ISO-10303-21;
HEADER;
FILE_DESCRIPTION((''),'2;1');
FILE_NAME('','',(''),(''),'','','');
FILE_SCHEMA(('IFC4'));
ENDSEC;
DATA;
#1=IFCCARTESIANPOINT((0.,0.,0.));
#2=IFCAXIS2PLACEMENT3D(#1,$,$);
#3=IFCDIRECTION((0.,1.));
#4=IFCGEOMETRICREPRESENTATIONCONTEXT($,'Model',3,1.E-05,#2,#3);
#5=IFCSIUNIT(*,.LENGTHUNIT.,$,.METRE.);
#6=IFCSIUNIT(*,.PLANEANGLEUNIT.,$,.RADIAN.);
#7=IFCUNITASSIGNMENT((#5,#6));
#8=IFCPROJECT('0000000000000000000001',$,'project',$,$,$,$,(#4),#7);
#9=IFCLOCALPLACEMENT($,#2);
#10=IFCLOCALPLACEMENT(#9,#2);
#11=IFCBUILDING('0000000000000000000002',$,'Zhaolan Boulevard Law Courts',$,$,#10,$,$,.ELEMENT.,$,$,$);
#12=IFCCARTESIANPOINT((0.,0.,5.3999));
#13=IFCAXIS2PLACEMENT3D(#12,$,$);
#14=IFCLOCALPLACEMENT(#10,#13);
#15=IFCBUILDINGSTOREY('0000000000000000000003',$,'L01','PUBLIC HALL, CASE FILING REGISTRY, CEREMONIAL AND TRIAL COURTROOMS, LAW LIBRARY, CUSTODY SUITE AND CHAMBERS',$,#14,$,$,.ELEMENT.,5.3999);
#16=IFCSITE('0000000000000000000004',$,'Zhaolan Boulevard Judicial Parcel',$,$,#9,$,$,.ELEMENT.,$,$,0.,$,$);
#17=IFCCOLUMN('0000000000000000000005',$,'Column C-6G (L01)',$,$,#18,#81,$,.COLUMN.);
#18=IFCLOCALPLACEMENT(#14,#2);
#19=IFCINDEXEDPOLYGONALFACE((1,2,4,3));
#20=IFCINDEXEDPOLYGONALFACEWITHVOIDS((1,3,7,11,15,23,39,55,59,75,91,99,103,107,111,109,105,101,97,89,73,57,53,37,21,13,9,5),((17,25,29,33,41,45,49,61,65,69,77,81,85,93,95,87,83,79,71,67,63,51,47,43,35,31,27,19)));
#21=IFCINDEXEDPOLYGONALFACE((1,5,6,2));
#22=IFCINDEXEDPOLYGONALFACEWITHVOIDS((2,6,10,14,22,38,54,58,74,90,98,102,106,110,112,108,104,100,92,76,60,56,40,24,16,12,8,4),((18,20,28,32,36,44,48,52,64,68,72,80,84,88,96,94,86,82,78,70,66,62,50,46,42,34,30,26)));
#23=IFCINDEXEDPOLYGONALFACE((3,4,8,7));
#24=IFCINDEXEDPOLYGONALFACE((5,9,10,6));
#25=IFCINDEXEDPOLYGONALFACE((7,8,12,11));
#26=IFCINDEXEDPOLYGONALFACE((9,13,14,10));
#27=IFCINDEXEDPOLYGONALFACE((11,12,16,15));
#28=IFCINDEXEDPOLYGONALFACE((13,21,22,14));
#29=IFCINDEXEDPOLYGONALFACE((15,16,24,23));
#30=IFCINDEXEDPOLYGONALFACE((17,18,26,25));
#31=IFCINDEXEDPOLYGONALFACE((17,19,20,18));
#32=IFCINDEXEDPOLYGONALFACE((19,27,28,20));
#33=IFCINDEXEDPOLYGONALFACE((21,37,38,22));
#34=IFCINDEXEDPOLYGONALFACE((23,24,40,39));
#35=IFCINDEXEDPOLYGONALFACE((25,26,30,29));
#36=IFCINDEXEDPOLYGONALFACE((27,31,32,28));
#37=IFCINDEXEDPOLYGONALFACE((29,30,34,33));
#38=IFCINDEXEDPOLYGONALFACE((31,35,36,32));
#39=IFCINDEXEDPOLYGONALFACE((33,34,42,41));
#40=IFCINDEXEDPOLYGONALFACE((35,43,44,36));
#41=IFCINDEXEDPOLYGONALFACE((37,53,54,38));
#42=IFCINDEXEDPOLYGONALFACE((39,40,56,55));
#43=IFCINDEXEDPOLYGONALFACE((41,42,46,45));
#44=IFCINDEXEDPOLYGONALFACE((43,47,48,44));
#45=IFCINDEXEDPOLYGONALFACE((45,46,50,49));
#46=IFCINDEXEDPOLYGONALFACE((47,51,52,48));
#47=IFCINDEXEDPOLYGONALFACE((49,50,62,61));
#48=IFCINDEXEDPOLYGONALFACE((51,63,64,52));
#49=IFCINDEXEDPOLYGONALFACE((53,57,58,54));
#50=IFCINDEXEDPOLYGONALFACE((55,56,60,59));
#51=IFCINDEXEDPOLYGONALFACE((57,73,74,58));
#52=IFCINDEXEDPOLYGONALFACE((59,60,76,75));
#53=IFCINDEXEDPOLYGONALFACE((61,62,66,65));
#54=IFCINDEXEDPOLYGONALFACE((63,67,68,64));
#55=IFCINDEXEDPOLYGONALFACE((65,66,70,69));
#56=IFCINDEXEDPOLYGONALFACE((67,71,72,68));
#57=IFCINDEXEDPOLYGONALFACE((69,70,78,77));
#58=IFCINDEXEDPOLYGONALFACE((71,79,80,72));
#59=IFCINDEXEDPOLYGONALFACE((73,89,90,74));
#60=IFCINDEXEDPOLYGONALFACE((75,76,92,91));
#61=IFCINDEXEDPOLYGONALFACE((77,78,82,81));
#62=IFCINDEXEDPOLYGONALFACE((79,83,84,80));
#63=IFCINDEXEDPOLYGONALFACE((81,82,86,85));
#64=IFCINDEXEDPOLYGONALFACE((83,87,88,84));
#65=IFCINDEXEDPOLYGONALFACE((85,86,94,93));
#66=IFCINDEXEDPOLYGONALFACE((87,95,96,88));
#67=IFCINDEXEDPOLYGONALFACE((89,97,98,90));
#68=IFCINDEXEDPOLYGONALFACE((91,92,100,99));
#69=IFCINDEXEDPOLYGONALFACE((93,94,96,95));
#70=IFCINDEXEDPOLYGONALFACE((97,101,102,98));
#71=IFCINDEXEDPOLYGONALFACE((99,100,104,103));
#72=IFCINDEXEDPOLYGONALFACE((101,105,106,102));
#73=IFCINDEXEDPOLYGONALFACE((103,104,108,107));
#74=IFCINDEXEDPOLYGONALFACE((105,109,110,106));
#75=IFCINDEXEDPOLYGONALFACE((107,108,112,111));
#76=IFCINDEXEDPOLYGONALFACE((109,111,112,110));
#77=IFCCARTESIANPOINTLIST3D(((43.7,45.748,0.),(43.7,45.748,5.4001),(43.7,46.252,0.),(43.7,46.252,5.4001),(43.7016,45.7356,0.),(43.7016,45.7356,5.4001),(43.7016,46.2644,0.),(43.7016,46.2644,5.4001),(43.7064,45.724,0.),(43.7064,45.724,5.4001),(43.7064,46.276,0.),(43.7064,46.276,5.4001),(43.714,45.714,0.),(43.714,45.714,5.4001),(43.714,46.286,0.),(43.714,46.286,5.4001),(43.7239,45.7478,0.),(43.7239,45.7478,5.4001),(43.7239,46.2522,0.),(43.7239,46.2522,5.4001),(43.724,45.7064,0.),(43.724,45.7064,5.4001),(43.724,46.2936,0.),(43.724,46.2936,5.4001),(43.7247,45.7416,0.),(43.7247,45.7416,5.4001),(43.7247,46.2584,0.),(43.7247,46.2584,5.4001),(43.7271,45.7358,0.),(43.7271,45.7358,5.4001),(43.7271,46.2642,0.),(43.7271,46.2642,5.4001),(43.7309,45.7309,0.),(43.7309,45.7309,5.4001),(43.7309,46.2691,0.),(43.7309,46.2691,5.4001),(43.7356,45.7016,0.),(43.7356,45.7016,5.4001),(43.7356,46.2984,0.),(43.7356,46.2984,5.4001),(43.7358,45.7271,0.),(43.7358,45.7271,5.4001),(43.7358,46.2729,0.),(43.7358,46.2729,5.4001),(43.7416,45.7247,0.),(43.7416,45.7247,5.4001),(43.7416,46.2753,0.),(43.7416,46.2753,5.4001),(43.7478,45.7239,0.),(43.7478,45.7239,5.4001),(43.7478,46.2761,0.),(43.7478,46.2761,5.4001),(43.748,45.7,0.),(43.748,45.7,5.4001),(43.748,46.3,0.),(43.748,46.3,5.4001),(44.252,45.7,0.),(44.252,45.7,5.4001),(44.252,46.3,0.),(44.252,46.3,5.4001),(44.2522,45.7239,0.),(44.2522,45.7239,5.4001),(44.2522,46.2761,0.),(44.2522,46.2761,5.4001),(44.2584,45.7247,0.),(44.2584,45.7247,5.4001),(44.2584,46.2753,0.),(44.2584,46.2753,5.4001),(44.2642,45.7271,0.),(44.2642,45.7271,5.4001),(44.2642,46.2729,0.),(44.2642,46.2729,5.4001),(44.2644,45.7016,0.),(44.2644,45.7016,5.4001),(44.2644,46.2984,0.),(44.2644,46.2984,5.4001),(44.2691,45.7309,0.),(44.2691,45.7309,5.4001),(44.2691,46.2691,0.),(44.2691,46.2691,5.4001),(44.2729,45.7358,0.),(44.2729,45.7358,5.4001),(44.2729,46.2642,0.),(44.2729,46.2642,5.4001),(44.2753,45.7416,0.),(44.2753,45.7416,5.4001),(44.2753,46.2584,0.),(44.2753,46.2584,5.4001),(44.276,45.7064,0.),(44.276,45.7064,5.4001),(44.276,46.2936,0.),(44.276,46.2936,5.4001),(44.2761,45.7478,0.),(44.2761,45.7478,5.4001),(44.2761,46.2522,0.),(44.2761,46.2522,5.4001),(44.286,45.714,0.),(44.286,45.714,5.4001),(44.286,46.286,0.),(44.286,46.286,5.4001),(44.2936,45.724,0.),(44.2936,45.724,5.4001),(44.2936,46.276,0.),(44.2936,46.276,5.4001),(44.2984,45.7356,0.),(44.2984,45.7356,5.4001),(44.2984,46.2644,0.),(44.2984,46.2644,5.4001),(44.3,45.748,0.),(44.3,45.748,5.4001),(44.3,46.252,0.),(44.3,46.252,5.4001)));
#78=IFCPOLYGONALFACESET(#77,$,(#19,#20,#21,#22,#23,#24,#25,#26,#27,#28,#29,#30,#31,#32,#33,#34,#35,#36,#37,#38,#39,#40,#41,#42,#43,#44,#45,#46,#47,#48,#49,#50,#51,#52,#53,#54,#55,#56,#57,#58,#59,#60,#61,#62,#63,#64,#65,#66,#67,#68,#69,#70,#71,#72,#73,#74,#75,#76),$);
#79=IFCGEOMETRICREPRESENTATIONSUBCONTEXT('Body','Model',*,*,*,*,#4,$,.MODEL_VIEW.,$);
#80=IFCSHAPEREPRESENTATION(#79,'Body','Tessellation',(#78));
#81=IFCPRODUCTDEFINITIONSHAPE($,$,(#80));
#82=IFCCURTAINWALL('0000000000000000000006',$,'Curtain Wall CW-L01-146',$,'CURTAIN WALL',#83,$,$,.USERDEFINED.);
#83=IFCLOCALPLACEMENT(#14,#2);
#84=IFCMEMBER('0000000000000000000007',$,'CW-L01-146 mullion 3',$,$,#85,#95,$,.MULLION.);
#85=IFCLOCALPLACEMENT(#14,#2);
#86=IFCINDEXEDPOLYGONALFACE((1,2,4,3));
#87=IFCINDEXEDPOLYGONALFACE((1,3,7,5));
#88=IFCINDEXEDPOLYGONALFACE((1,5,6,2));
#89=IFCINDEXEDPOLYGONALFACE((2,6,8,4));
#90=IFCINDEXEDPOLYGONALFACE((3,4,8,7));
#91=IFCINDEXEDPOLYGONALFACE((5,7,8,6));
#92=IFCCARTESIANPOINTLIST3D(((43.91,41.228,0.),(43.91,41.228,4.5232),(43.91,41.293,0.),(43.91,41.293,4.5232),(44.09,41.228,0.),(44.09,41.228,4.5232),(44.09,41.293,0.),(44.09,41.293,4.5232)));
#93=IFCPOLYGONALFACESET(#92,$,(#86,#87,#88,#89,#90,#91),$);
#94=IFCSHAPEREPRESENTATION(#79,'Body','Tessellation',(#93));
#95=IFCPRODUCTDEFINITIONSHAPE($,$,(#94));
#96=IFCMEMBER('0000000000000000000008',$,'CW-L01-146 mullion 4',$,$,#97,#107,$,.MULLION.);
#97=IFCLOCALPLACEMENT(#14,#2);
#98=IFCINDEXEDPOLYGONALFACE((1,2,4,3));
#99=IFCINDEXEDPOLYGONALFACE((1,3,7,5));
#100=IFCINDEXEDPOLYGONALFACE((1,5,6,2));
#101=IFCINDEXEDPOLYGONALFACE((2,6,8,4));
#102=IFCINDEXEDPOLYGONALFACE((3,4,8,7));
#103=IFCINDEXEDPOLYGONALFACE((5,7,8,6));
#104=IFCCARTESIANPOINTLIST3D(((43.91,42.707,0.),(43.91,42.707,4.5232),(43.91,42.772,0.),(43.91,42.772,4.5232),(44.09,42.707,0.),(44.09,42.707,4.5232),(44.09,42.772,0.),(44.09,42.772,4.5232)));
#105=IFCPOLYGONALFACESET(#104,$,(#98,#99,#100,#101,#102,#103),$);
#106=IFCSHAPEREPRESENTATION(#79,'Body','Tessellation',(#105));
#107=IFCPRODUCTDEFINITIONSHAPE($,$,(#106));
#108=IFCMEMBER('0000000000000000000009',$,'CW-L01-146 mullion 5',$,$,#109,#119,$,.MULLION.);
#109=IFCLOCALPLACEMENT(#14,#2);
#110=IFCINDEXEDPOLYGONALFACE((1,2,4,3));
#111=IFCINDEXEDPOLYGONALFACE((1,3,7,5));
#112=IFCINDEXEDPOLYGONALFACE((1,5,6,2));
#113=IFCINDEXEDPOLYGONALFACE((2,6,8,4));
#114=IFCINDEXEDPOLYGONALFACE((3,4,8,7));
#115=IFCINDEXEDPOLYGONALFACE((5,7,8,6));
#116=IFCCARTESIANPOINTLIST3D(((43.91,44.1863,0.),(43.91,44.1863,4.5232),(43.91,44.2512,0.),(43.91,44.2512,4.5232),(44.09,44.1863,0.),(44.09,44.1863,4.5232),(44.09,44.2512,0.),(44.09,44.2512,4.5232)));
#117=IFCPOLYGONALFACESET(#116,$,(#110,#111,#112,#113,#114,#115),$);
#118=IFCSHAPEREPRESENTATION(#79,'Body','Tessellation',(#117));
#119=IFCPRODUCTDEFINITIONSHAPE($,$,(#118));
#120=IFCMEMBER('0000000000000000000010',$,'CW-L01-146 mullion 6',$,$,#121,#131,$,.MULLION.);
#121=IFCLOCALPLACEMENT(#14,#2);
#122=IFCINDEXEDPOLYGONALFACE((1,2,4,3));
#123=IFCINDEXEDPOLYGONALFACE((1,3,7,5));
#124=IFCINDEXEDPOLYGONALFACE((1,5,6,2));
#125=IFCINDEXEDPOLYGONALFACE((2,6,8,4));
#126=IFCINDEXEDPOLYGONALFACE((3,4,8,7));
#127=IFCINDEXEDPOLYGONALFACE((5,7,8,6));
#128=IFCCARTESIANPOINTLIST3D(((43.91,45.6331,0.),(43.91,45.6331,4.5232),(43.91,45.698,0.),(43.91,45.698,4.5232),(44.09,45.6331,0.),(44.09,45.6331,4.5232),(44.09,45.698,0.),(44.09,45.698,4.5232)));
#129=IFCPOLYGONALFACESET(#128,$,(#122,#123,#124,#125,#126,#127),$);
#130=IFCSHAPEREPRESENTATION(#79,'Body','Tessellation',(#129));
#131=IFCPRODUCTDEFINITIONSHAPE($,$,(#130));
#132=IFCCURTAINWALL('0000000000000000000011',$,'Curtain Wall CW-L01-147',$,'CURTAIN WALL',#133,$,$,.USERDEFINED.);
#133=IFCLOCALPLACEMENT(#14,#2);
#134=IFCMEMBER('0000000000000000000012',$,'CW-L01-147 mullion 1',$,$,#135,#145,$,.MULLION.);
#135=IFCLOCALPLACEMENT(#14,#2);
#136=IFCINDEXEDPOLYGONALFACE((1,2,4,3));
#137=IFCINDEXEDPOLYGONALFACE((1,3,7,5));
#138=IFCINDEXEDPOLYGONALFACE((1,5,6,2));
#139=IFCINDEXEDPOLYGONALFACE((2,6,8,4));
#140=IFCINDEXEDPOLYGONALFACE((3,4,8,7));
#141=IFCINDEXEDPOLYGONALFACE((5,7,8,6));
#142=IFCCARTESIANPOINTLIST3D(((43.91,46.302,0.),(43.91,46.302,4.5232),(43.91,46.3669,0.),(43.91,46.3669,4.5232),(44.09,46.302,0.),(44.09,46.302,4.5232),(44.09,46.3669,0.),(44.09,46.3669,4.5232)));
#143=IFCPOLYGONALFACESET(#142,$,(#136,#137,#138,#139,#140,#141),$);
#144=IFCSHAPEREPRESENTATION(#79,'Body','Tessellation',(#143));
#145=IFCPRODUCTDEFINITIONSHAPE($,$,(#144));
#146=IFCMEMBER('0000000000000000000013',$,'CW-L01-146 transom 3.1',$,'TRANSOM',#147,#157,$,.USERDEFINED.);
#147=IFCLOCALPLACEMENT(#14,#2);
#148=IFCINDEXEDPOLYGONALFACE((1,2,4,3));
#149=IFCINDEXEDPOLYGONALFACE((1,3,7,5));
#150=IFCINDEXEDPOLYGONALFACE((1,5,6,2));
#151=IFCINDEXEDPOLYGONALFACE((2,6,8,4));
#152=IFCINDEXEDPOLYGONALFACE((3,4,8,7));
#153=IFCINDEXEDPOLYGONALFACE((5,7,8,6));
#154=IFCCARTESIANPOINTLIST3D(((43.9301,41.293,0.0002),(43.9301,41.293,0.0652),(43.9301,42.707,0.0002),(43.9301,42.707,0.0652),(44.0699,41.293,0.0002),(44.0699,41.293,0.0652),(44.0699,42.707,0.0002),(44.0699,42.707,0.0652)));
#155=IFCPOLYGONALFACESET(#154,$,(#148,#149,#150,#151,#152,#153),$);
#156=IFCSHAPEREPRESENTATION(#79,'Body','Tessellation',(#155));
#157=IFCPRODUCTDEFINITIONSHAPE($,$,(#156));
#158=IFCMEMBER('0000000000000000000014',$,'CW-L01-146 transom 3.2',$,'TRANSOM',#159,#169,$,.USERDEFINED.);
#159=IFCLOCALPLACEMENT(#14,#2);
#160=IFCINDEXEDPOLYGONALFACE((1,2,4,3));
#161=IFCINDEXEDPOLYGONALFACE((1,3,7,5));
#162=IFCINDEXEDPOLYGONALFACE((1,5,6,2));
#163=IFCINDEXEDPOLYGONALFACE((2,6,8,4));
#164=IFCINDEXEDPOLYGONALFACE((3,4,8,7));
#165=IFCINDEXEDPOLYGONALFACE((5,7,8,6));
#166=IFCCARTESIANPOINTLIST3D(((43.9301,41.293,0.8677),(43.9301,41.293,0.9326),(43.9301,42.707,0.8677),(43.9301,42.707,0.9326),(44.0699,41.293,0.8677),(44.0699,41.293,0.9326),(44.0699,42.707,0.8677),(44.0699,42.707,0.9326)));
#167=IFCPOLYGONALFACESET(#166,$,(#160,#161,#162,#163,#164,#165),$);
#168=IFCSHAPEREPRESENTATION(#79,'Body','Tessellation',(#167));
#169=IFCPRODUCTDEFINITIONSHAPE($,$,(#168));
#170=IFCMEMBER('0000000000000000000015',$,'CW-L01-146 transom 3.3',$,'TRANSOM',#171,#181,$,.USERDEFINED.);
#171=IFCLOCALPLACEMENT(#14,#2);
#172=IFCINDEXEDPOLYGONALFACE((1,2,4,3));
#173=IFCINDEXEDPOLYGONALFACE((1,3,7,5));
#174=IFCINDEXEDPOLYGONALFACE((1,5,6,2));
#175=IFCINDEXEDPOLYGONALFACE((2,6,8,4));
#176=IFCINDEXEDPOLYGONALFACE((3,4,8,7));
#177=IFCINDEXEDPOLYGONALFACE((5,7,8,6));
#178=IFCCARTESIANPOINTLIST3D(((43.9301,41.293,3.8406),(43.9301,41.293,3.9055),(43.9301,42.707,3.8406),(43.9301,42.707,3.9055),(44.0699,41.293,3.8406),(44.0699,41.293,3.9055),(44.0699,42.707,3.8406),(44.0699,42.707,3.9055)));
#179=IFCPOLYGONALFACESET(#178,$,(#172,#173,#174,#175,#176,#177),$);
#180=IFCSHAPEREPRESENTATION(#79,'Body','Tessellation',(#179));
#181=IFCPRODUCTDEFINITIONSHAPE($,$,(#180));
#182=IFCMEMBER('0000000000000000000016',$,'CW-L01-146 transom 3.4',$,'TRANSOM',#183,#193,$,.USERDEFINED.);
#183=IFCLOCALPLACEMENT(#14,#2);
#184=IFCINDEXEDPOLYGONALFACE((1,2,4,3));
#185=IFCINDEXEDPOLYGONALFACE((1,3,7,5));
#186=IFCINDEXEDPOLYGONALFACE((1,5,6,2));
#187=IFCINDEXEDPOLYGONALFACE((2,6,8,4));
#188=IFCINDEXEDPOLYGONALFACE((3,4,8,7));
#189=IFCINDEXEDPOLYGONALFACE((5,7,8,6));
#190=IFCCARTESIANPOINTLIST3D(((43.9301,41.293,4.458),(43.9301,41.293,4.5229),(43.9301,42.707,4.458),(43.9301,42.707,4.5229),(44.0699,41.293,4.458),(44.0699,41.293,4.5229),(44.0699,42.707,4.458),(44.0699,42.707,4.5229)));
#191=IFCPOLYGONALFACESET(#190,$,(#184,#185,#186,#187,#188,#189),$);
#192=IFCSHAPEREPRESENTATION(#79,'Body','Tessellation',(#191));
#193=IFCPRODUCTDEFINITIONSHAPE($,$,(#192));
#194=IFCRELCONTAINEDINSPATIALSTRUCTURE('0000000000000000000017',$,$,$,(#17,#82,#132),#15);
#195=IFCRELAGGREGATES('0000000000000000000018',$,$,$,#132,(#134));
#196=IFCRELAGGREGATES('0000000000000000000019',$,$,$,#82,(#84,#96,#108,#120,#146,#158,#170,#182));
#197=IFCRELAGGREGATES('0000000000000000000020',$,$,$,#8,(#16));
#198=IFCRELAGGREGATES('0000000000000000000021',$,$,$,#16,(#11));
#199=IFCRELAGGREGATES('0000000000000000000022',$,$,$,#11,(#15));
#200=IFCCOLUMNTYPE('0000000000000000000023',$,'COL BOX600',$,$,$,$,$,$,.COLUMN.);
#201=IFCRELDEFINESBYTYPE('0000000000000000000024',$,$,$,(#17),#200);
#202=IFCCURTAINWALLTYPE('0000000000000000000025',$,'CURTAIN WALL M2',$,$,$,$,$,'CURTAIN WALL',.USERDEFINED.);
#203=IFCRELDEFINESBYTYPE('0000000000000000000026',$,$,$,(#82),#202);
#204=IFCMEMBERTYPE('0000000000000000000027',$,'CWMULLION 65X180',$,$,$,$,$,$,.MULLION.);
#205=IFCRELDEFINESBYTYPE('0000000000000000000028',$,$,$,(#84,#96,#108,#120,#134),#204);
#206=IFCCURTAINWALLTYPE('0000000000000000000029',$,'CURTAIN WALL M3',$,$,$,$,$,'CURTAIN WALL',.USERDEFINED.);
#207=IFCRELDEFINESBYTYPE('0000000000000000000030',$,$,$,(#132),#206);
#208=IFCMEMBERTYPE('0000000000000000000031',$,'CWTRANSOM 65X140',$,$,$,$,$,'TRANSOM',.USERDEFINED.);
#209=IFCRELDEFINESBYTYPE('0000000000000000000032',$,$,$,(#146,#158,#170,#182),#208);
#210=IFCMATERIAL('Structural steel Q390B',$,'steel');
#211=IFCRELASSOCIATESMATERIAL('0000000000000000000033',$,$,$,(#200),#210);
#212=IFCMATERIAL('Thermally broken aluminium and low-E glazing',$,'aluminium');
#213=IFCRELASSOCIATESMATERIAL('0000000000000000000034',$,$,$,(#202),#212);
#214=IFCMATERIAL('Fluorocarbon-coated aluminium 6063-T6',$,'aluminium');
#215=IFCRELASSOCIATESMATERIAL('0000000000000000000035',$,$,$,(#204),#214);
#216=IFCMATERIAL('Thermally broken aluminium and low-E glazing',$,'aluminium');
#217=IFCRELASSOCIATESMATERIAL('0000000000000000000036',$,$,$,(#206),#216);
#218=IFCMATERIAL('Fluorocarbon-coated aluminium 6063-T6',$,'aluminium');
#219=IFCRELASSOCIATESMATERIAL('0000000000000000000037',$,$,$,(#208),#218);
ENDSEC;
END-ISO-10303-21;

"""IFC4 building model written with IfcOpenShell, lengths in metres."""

from ifc_helpers import new_model, si_unit, direction, frame, origin, origin_2d, place, context, subcontext, project, spatial, rectangle, hollow_rectangle, extrude, material, material_profile, profile_set, type_object, element, aggregate, save


model = new_model("IFC4")

# Units and contexts
model_context = context("Model", 3, precision=1e-05, world=origin(), true_north=direction((0.0, 1.0)))
body_context = subcontext(model_context, "Body", "Model", "MODEL_VIEW")
ifc_project = project(units=[si_unit("LENGTHUNIT", "METRE"), si_unit("PLANEANGLEUNIT", "RADIAN")], contexts=[model_context])

# Site, building, storey
site_placement = place(None, origin())
site = spatial("IfcSite", under=ifc_project, at=site_placement, Name="Zhaolan Boulevard Judicial Parcel", CompositionType="ELEMENT", RefElevation=0.0)
building_placement = place(site_placement, origin())
building = spatial("IfcBuilding", under=site, at=building_placement, Name="Zhaolan Boulevard Law Courts", CompositionType="ELEMENT")
storey_placement = place(building_placement, frame((0.0, 0.0, 5.3999)))
storey = spatial("IfcBuildingStorey", under=building, at=storey_placement, Name="L01", Description="PUBLIC HALL, CASE FILING REGISTRY, CEREMONIAL AND TRIAL COURTROOMS, LAW LIBRARY, CUSTODY SUITE AND CHAMBERS", CompositionType="ELEMENT", Elevation=5.3999)

# Column
ifc_material_1 = material(Name="Structural steel Q390B", Category="steel")
ifc_material_profile_1 = material_profile(ifc_material_1, hollow_rectangle(XDim=0.6001, YDim=0.6001, WallThickness=0.0239, InnerFilletRadius=0.0239, OuterFilletRadius=0.0481, at=origin_2d()), Name="BOX600x600x24")
ifc_profile_set_1 = profile_set([ifc_material_profile_1], Name="Structural steel Q390B")
column_type = type_object("IfcColumnType", Name="COL BOX600", PredefinedType="COLUMN", material=ifc_profile_set_1)
column_placement = place(storey_placement, frame((44.0, 46.0, 0.0), z_axis=(0.0, 0.0, 1.0), x_axis=(1.0, 0.0, 0.0)))
element("IfcColumn", 1, at=column_placement, inside=storey, type_object=column_type, Name="Column C-6G (L01)", PredefinedType="COLUMN", context=body_context, shape_type="SweptSolid", body=[
    extrude(hollow_rectangle(XDim=0.6001, YDim=0.6001, WallThickness=0.0239, InnerFilletRadius=0.0239, OuterFilletRadius=0.0481, at=origin_2d()), origin(), (0.0, 0.0, 1.0), 5.4001),
])

# Curtain wall, members
ifc_material_2 = material(Name="Thermally broken aluminium and low-E glazing", Category="aluminium")
curtain_wall_type_1 = type_object("IfcCurtainWallType", Name="CURTAIN WALL M2", ElementType="CURTAIN WALL", PredefinedType="USERDEFINED", material=ifc_material_2)
curtain_wall_1_placement = place(storey_placement, origin())
curtain_wall_1 = element("IfcCurtainWall", 2, at=curtain_wall_1_placement, inside=storey, type_object=curtain_wall_type_1, Name="Curtain Wall CW-L01-146", ObjectType="CURTAIN WALL", PredefinedType="USERDEFINED")
ifc_material_3 = material(Name="Fluorocarbon-coated aluminium 6063-T6", Category="aluminium")
ifc_material_profile_2 = material_profile(ifc_material_3, rectangle(XDim=0.1799, YDim=0.0649, at=origin_2d()), Name="AL65x180")
ifc_profile_set_2 = profile_set([ifc_material_profile_2], Name="Fluorocarbon-coated aluminium 6063-T6")
member_type_1 = type_object("IfcMemberType", Name="CWMULLION 65X180", PredefinedType="MULLION", material=ifc_profile_set_2)
member_1_placement = place(storey_placement, frame((44.0, 41.2605, 0.0), z_axis=(0.0, 0.0, 1.0), x_axis=(-1.0, 0.0, 0.0)))
member_1 = element("IfcMember", 3, at=member_1_placement, type_object=member_type_1, Name="CW-L01-146 mullion 3", PredefinedType="MULLION", context=body_context, shape_type="SweptSolid", body=[
    extrude(rectangle(XDim=0.1799, YDim=0.0649, at=origin_2d()), origin(), (0.0, 0.0, 1.0), 4.5232),
])
member_2_placement = place(storey_placement, frame((44.0, 42.7395, 0.0), z_axis=(0.0, 0.0, 1.0), x_axis=(-1.0, 0.0, 0.0)))
member_2 = element("IfcMember", 4, at=member_2_placement, type_object=member_type_1, Name="CW-L01-146 mullion 4", PredefinedType="MULLION", context=body_context, shape_type="SweptSolid", body=[
    extrude(rectangle(XDim=0.1799, YDim=0.0649, at=origin_2d()), origin(), (0.0, 0.0, 1.0), 4.5232),
])
member_3_placement = place(storey_placement, frame((44.0, 44.2188, 0.0), z_axis=(0.0, 0.0, 1.0), x_axis=(-1.0, 0.0, 0.0)))
member_3 = element("IfcMember", 5, at=member_3_placement, type_object=member_type_1, Name="CW-L01-146 mullion 5", PredefinedType="MULLION", context=body_context, shape_type="SweptSolid", body=[
    extrude(rectangle(XDim=0.1799, YDim=0.0649, at=origin_2d()), origin(), (0.0, 0.0, 1.0), 4.5232),
])
member_4_placement = place(storey_placement, frame((44.0, 45.6655, 0.0), z_axis=(0.0, 0.0, 1.0), x_axis=(-1.0, 0.0, 0.0)))
member_4 = element("IfcMember", 6, at=member_4_placement, type_object=member_type_1, Name="CW-L01-146 mullion 6", PredefinedType="MULLION", context=body_context, shape_type="SweptSolid", body=[
    extrude(rectangle(XDim=0.1799, YDim=0.0649, at=origin_2d()), origin(), (0.0, 0.0, 1.0), 4.5232),
])

# Curtain wall, member
ifc_material_4 = material(Name="Thermally broken aluminium and low-E glazing", Category="aluminium")
curtain_wall_type_2 = type_object("IfcCurtainWallType", Name="CURTAIN WALL M3", ElementType="CURTAIN WALL", PredefinedType="USERDEFINED", material=ifc_material_4)
curtain_wall_2_placement = place(storey_placement, origin())
curtain_wall_2 = element("IfcCurtainWall", 7, at=curtain_wall_2_placement, inside=storey, type_object=curtain_wall_type_2, Name="Curtain Wall CW-L01-147", ObjectType="CURTAIN WALL", PredefinedType="USERDEFINED")
member_5_placement = place(storey_placement, frame((44.0, 46.3345, 0.0), z_axis=(0.0, 0.0, 1.0), x_axis=(-1.0, 0.0, 0.0)))
member_5 = element("IfcMember", 8, at=member_5_placement, type_object=member_type_1, Name="CW-L01-147 mullion 1", PredefinedType="MULLION", context=body_context, shape_type="SweptSolid", body=[
    extrude(rectangle(XDim=0.1799, YDim=0.0649, at=origin_2d()), origin(), (0.0, 0.0, 1.0), 4.5232),
])

# Members
ifc_material_5 = material(Name="Fluorocarbon-coated aluminium 6063-T6", Category="aluminium")
ifc_material_profile_3 = material_profile(ifc_material_5, rectangle(XDim=0.1399, YDim=0.0649, at=origin_2d()), Name="AL65x140")
ifc_profile_set_3 = profile_set([ifc_material_profile_3], Name="Fluorocarbon-coated aluminium 6063-T6")
member_type_2 = type_object("IfcMemberType", Name="CWTRANSOM 65X140", ElementType="TRANSOM", PredefinedType="USERDEFINED", material=ifc_profile_set_3)
member_6_placement = place(storey_placement, frame((44.0, 41.293, 0.0327), z_axis=(0.0, 1.0, 0.0), x_axis=(-1.0, 0.0, 0.0)))
member_6 = element("IfcMember", 9, at=member_6_placement, type_object=member_type_2, Name="CW-L01-146 transom 3.1", ObjectType="TRANSOM", PredefinedType="USERDEFINED", context=body_context, shape_type="SweptSolid", body=[
    extrude(rectangle(XDim=0.1399, YDim=0.0649, at=origin_2d()), origin(), (0.0, 0.0, 1.0), 1.4141),
])
member_7_placement = place(storey_placement, frame((44.0, 41.293, 0.9001), z_axis=(0.0, 1.0, 0.0), x_axis=(-1.0, 0.0, 0.0)))
member_7 = element("IfcMember", 10, at=member_7_placement, type_object=member_type_2, Name="CW-L01-146 transom 3.2", ObjectType="TRANSOM", PredefinedType="USERDEFINED", context=body_context, shape_type="SweptSolid", body=[
    extrude(rectangle(XDim=0.1399, YDim=0.0649, at=origin_2d()), origin(), (0.0, 0.0, 1.0), 1.4141),
])
member_8_placement = place(storey_placement, frame((44.0, 41.293, 3.873), z_axis=(0.0, 1.0, 0.0), x_axis=(-1.0, 0.0, 0.0)))
member_8 = element("IfcMember", 11, at=member_8_placement, type_object=member_type_2, Name="CW-L01-146 transom 3.3", ObjectType="TRANSOM", PredefinedType="USERDEFINED", context=body_context, shape_type="SweptSolid", body=[
    extrude(rectangle(XDim=0.1399, YDim=0.0649, at=origin_2d()), origin(), (0.0, 0.0, 1.0), 1.4141),
])
member_9_placement = place(storey_placement, frame((44.0, 41.293, 4.4905), z_axis=(0.0, 1.0, 0.0), x_axis=(-1.0, 0.0, 0.0)))
member_9 = element("IfcMember", 12, at=member_9_placement, type_object=member_type_2, Name="CW-L01-146 transom 3.4", ObjectType="TRANSOM", PredefinedType="USERDEFINED", context=body_context, shape_type="SweptSolid", body=[
    extrude(rectangle(XDim=0.1399, YDim=0.0649, at=origin_2d()), origin(), (0.0, 0.0, 1.0), 1.4141),
])
aggregate(curtain_wall_2, [member_5])

aggregate(curtain_wall_1, [member_1, member_2, member_3, member_4, member_6, member_7, member_8, member_9])

save(model, "model.ifc")
